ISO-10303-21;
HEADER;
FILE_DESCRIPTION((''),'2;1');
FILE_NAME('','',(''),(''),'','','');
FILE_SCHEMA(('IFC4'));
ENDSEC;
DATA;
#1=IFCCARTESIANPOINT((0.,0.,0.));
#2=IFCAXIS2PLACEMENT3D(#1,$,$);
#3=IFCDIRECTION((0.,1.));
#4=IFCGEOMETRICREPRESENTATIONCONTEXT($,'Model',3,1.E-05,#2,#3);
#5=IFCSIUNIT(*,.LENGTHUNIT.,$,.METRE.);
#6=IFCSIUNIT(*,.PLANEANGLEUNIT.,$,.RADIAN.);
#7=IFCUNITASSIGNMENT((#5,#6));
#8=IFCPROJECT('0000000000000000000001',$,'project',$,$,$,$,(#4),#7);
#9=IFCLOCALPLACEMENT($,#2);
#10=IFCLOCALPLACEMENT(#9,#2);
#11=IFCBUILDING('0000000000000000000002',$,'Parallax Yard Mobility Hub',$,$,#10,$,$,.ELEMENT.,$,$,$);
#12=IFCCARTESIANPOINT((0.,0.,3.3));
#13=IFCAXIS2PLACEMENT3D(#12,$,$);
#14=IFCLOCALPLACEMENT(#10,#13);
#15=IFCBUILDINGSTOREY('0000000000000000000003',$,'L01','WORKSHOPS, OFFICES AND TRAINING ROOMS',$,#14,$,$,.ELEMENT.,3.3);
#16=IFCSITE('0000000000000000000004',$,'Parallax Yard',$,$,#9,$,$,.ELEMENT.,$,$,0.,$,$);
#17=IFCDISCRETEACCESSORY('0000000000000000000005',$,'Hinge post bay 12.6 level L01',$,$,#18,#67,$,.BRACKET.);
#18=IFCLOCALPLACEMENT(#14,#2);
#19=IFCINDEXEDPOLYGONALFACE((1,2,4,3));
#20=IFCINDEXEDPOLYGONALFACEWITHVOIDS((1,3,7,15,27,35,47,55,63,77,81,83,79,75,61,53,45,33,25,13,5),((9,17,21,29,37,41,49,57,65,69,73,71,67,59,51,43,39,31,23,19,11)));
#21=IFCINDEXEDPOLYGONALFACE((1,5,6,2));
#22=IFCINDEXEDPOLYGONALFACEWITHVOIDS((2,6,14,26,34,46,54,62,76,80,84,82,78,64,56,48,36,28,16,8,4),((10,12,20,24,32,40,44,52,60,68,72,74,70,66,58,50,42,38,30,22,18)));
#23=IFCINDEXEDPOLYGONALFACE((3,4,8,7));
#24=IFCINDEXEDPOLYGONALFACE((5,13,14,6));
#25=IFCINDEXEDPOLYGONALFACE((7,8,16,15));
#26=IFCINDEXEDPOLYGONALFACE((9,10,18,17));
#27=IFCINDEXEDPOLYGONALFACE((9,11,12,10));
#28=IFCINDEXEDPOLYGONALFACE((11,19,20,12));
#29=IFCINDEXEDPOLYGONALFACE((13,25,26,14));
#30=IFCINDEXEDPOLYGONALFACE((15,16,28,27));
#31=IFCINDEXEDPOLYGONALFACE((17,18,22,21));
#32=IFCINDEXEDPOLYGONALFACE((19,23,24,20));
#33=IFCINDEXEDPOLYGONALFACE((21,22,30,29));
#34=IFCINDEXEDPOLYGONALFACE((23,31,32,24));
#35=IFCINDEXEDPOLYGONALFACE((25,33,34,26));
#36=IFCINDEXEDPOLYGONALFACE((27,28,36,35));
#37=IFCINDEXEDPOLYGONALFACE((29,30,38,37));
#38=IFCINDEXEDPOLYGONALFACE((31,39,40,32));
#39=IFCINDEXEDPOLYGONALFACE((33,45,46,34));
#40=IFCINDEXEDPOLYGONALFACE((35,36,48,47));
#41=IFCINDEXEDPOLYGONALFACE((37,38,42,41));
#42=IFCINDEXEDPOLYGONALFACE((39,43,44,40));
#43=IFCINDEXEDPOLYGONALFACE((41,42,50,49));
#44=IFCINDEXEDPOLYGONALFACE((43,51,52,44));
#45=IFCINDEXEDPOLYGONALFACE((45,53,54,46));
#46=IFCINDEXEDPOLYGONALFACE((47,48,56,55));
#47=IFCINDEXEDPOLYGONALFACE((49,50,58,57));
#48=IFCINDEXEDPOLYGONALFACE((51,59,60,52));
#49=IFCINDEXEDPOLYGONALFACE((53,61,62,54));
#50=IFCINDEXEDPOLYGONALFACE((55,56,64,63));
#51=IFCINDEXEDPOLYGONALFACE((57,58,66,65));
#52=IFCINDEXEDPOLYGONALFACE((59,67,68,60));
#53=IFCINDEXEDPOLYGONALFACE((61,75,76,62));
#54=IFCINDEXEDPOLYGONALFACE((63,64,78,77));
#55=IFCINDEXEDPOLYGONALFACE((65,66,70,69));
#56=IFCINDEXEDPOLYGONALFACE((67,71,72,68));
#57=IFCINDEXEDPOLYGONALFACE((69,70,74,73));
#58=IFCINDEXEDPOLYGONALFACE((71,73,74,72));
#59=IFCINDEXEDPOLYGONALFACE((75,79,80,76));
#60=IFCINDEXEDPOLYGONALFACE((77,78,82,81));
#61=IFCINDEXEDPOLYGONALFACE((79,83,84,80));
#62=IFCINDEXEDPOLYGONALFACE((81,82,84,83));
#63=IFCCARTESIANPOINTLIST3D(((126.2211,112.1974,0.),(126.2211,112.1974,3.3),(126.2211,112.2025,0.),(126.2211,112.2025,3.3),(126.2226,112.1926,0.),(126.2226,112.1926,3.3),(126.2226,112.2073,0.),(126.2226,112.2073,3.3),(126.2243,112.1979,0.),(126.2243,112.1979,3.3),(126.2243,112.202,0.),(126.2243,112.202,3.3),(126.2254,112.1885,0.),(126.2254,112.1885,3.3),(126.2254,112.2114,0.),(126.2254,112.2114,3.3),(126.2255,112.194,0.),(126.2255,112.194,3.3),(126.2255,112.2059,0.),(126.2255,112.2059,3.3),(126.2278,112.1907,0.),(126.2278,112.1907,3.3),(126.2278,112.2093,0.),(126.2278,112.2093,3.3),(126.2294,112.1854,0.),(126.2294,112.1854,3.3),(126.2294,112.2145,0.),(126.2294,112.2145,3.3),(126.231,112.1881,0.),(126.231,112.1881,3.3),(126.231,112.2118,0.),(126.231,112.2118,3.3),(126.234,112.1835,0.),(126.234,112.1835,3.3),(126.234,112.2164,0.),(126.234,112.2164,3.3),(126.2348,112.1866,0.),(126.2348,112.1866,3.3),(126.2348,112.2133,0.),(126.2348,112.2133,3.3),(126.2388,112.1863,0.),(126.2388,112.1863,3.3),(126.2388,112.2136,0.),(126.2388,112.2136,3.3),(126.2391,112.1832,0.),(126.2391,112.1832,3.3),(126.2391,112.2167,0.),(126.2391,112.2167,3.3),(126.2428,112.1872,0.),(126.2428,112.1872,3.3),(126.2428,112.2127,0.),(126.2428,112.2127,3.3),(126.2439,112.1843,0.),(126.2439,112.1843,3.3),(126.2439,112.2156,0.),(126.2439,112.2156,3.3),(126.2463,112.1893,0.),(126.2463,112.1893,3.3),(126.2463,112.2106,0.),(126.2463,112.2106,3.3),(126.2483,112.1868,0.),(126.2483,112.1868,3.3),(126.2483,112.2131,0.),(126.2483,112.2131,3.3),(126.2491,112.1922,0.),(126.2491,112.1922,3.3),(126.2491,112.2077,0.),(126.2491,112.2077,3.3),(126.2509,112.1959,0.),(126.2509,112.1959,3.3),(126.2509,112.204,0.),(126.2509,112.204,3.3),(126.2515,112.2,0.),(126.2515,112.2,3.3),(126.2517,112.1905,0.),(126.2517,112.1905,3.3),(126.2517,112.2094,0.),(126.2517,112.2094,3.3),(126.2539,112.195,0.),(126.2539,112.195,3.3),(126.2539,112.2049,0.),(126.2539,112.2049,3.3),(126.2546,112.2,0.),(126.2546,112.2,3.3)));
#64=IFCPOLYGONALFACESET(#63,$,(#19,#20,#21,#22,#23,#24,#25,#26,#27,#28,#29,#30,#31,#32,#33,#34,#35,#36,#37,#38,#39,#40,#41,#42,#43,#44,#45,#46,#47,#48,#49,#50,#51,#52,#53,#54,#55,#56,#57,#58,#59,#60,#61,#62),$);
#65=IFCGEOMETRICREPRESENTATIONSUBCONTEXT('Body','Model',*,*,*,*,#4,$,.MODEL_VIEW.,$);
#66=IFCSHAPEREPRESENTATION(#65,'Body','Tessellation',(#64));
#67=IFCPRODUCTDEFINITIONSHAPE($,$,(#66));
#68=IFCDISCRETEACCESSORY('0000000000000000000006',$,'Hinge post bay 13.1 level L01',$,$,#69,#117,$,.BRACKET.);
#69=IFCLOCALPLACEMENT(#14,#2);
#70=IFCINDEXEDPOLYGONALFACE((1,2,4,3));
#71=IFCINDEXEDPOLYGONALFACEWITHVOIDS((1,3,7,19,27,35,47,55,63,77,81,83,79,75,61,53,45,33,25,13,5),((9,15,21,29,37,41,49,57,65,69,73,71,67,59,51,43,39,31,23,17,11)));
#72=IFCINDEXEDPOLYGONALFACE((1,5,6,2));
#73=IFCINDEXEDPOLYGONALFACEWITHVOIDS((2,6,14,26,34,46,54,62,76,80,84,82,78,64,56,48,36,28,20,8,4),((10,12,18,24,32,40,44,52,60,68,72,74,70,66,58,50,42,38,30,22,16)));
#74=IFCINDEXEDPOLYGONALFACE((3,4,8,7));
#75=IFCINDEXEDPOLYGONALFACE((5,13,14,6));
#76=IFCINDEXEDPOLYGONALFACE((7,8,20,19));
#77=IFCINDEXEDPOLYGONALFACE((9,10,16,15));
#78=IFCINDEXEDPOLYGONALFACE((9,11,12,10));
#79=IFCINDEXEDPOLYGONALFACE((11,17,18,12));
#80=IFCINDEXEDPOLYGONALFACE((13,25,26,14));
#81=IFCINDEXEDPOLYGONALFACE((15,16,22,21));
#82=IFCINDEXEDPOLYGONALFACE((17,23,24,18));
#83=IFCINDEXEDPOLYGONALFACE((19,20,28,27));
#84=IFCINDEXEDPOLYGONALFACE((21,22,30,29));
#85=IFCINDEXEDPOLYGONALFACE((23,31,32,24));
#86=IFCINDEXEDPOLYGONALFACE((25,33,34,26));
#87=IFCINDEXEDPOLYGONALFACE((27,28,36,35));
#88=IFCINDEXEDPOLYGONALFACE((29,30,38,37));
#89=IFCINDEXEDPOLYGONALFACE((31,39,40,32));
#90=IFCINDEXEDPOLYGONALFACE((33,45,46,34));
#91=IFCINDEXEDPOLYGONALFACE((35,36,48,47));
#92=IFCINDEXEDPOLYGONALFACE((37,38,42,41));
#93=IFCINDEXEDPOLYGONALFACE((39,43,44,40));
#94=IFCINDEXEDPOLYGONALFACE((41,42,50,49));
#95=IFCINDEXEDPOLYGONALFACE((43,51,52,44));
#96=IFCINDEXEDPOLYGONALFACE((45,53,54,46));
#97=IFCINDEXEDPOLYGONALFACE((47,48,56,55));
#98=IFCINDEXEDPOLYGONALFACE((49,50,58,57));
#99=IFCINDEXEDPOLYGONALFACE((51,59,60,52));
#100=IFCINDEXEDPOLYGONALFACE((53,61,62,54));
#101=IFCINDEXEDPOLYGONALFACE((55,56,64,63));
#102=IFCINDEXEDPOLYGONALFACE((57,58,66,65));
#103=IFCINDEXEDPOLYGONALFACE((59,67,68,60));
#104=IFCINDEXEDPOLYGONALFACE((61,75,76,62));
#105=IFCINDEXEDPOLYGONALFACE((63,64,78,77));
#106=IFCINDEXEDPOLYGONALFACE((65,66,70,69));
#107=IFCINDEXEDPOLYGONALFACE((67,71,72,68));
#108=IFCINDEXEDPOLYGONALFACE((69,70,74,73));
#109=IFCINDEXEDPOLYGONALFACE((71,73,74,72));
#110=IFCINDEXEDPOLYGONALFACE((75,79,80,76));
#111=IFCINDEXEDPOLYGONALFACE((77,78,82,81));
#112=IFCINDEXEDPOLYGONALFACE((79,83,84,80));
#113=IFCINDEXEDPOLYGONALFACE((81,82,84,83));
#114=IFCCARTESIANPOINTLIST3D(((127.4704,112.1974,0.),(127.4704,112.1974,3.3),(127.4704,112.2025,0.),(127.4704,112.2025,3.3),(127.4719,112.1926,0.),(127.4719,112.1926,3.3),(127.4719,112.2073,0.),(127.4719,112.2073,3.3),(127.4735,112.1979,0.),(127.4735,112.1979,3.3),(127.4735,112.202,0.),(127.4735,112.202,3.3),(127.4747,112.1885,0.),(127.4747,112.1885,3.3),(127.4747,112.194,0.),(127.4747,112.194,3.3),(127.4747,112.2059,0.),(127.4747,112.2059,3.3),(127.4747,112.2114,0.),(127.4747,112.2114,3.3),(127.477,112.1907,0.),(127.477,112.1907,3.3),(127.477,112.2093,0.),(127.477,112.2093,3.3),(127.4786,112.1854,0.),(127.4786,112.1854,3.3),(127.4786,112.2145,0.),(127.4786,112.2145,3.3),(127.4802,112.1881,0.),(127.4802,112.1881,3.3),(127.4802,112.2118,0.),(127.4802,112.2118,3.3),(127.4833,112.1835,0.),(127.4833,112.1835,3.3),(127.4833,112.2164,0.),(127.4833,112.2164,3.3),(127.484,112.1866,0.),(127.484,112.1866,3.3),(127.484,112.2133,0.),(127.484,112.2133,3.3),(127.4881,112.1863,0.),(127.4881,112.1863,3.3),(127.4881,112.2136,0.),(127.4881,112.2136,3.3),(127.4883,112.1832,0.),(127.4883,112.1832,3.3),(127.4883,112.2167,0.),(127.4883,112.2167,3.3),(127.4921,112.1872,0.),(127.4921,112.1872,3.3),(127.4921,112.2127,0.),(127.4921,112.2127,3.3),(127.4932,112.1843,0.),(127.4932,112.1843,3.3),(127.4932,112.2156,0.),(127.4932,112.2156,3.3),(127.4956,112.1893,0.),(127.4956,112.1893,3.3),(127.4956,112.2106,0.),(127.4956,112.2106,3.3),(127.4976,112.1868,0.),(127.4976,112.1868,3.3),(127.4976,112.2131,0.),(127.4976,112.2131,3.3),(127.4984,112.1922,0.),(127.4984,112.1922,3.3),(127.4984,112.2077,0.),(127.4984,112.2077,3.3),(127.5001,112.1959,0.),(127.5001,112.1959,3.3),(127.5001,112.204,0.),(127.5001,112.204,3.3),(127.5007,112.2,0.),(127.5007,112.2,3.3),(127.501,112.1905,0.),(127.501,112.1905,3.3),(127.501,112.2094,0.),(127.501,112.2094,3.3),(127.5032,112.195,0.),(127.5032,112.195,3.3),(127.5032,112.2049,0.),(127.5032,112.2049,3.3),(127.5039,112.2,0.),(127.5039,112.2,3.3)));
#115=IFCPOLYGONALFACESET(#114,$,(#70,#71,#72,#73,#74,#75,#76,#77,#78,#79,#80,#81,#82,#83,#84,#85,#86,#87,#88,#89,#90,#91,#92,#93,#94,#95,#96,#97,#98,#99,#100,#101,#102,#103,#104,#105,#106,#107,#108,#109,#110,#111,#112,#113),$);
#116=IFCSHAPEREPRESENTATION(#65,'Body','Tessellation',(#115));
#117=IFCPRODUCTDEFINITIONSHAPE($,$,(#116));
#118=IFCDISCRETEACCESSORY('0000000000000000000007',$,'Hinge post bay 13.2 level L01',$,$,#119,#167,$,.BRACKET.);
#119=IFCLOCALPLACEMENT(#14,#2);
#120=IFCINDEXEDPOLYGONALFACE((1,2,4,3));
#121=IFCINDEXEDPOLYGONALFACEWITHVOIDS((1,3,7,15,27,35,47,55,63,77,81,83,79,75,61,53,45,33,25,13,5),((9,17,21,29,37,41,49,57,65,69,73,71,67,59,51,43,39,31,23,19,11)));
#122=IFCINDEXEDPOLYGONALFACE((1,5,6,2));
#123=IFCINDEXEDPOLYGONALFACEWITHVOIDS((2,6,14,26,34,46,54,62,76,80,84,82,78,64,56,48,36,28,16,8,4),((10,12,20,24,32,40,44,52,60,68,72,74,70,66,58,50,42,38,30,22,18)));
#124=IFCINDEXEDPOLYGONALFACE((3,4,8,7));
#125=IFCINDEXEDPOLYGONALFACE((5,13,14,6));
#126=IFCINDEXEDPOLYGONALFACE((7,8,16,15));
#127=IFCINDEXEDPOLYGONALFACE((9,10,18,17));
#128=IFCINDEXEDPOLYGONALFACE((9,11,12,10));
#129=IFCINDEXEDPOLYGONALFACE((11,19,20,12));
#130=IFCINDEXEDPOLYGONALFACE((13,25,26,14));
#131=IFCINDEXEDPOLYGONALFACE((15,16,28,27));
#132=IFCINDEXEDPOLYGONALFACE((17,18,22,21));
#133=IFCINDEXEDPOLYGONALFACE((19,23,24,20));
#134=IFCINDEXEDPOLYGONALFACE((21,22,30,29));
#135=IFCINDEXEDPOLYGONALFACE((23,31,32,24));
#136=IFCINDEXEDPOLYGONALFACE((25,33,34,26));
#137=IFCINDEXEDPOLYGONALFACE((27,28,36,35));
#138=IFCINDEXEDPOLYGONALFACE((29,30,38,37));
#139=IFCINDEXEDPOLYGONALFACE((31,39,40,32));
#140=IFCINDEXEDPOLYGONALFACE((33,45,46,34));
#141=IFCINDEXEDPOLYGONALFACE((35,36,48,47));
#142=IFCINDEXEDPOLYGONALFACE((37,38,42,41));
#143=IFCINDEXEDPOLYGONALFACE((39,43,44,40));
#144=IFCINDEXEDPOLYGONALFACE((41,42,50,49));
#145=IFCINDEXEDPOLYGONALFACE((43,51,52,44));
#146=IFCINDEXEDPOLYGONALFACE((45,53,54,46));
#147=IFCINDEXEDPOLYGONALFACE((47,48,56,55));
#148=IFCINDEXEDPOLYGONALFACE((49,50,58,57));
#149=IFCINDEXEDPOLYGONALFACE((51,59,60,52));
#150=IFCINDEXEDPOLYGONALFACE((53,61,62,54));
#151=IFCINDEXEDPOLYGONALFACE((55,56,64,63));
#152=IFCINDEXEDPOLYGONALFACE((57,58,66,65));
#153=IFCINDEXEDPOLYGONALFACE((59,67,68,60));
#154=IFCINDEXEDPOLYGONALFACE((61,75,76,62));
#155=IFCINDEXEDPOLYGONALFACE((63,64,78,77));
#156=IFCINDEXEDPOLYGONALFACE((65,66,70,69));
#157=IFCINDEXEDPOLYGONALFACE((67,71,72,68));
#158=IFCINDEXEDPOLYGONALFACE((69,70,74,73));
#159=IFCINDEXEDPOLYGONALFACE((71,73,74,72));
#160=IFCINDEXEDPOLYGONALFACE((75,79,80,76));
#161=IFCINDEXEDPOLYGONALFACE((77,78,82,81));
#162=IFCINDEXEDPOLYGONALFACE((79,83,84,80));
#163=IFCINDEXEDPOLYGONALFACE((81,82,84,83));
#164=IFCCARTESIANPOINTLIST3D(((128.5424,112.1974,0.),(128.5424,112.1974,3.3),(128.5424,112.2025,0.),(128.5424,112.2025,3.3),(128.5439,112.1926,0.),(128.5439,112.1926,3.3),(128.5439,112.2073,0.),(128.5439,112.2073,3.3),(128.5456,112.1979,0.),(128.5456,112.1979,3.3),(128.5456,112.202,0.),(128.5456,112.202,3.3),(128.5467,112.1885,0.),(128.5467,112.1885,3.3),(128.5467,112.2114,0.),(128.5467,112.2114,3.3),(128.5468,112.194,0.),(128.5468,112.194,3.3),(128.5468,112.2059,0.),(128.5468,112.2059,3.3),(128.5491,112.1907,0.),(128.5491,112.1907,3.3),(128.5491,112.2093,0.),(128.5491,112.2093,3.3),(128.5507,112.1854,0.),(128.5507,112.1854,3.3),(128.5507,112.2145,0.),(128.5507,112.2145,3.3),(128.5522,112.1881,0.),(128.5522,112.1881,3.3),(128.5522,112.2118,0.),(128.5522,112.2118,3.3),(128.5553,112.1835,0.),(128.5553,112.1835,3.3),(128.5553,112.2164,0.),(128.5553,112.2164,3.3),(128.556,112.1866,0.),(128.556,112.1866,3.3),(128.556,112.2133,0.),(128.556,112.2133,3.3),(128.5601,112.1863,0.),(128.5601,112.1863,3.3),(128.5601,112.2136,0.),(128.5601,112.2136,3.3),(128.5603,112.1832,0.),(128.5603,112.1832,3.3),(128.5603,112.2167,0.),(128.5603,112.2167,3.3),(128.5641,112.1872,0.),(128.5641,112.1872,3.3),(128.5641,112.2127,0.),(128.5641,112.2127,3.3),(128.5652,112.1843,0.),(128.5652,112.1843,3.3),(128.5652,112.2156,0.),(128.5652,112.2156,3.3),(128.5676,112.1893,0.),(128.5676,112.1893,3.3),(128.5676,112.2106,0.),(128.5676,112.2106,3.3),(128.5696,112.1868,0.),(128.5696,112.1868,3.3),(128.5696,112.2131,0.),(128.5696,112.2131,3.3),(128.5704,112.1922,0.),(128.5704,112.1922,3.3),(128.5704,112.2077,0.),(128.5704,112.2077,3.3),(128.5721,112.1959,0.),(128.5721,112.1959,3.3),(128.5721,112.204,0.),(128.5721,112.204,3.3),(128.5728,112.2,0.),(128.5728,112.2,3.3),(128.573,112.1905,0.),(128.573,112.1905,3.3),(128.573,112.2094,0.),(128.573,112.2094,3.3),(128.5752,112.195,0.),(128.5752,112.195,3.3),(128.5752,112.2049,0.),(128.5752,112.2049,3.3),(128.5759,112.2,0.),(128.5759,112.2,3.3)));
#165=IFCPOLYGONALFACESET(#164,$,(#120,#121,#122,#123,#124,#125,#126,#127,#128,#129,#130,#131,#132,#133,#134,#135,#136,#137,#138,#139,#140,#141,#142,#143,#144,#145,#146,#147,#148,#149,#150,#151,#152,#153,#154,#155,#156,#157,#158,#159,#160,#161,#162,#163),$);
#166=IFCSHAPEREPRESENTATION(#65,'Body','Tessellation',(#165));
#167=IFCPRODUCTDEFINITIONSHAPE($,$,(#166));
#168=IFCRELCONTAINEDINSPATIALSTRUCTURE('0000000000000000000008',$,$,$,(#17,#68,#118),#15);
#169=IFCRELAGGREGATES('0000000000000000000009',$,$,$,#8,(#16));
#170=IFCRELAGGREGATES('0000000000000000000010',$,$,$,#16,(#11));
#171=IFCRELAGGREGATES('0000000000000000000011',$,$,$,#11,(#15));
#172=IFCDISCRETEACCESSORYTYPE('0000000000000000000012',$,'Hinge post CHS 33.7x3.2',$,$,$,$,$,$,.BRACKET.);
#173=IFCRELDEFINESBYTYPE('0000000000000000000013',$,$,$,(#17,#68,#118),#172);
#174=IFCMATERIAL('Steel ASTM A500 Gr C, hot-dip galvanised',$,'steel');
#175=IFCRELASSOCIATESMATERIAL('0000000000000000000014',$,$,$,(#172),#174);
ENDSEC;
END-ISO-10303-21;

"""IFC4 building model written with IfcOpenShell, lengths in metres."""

from ifc_helpers import new_model, si_unit, direction, frame, origin, origin_2d, place, context, subcontext, project, spatial, hollow_circle, extrude, material, material_profile, profile_set, type_object, element, save


model = new_model("IFC4")

# Units and contexts
model_context = context("Model", 3, precision=1e-05, world=origin(), true_north=direction((0.0, 1.0)))
body_context = subcontext(model_context, "Body", "Model", "MODEL_VIEW")
ifc_project = project(units=[si_unit("LENGTHUNIT", "METRE"), si_unit("PLANEANGLEUNIT", "RADIAN")], contexts=[model_context])

# Site, building, storey
site_placement = place(None, origin())
site = spatial("IfcSite", under=ifc_project, at=site_placement, Name="Parallax Yard", CompositionType="ELEMENT", RefElevation=0.0)
building_placement = place(site_placement, origin())
building = spatial("IfcBuilding", under=site, at=building_placement, Name="Parallax Yard Mobility Hub", CompositionType="ELEMENT")
storey_placement = place(building_placement, frame((0.0, 0.0, 3.3)))
storey = spatial("IfcBuildingStorey", under=building, at=storey_placement, Name="L01", Description="WORKSHOPS, OFFICES AND TRAINING ROOMS", CompositionType="ELEMENT", Elevation=3.3)

# Discrete accessories
ifc_material_1 = material(Name="Steel ASTM A500 Gr C, hot-dip galvanised", Category="steel")
ifc_material_profile_1 = material_profile(ifc_material_1, hollow_circle(Radius=0.0168, WallThickness=0.0032, at=origin_2d()), Name="CHS 33.7x3.2")
ifc_profile_set_1 = profile_set([ifc_material_profile_1], Name="Steel ASTM A500 Gr C, hot-dip galvanised")
discrete_accessory_type_1 = type_object("IfcDiscreteAccessoryType", Name="Hinge post CHS 33.7x3.2", PredefinedType="BRACKET", material=ifc_profile_set_1)
for number, where, z_axis, x_axis, name in (
    (1, (126.2378, 112.2, 0.0), (0.0, 0.0, 1.0), (1.0, 0.0, 0.0), "Hinge post bay 12.6 level L01"),
    (2, (127.4871, 112.2, 0.0), (0.0, 0.0, 1.0), (1.0, 0.0, 0.0), "Hinge post bay 13.1 level L01"),
    (3, (128.5591, 112.2, 0.0), (0.0, 0.0, 1.0), (1.0, 0.0, 0.0), "Hinge post bay 13.2 level L01"),
):
    element("IfcDiscreteAccessory", number, at=place(storey_placement, frame(where, z_axis=z_axis, x_axis=x_axis)), inside=storey, type_object=discrete_accessory_type_1, Name=name, PredefinedType="BRACKET", context=body_context, shape_type="SweptSolid", body=[
        extrude(hollow_circle(Radius=0.0168, WallThickness=0.0032, at=origin_2d()), origin(), (0.0, 0.0, 1.0), 3.3),
    ])

save(model, "model.ifc")
